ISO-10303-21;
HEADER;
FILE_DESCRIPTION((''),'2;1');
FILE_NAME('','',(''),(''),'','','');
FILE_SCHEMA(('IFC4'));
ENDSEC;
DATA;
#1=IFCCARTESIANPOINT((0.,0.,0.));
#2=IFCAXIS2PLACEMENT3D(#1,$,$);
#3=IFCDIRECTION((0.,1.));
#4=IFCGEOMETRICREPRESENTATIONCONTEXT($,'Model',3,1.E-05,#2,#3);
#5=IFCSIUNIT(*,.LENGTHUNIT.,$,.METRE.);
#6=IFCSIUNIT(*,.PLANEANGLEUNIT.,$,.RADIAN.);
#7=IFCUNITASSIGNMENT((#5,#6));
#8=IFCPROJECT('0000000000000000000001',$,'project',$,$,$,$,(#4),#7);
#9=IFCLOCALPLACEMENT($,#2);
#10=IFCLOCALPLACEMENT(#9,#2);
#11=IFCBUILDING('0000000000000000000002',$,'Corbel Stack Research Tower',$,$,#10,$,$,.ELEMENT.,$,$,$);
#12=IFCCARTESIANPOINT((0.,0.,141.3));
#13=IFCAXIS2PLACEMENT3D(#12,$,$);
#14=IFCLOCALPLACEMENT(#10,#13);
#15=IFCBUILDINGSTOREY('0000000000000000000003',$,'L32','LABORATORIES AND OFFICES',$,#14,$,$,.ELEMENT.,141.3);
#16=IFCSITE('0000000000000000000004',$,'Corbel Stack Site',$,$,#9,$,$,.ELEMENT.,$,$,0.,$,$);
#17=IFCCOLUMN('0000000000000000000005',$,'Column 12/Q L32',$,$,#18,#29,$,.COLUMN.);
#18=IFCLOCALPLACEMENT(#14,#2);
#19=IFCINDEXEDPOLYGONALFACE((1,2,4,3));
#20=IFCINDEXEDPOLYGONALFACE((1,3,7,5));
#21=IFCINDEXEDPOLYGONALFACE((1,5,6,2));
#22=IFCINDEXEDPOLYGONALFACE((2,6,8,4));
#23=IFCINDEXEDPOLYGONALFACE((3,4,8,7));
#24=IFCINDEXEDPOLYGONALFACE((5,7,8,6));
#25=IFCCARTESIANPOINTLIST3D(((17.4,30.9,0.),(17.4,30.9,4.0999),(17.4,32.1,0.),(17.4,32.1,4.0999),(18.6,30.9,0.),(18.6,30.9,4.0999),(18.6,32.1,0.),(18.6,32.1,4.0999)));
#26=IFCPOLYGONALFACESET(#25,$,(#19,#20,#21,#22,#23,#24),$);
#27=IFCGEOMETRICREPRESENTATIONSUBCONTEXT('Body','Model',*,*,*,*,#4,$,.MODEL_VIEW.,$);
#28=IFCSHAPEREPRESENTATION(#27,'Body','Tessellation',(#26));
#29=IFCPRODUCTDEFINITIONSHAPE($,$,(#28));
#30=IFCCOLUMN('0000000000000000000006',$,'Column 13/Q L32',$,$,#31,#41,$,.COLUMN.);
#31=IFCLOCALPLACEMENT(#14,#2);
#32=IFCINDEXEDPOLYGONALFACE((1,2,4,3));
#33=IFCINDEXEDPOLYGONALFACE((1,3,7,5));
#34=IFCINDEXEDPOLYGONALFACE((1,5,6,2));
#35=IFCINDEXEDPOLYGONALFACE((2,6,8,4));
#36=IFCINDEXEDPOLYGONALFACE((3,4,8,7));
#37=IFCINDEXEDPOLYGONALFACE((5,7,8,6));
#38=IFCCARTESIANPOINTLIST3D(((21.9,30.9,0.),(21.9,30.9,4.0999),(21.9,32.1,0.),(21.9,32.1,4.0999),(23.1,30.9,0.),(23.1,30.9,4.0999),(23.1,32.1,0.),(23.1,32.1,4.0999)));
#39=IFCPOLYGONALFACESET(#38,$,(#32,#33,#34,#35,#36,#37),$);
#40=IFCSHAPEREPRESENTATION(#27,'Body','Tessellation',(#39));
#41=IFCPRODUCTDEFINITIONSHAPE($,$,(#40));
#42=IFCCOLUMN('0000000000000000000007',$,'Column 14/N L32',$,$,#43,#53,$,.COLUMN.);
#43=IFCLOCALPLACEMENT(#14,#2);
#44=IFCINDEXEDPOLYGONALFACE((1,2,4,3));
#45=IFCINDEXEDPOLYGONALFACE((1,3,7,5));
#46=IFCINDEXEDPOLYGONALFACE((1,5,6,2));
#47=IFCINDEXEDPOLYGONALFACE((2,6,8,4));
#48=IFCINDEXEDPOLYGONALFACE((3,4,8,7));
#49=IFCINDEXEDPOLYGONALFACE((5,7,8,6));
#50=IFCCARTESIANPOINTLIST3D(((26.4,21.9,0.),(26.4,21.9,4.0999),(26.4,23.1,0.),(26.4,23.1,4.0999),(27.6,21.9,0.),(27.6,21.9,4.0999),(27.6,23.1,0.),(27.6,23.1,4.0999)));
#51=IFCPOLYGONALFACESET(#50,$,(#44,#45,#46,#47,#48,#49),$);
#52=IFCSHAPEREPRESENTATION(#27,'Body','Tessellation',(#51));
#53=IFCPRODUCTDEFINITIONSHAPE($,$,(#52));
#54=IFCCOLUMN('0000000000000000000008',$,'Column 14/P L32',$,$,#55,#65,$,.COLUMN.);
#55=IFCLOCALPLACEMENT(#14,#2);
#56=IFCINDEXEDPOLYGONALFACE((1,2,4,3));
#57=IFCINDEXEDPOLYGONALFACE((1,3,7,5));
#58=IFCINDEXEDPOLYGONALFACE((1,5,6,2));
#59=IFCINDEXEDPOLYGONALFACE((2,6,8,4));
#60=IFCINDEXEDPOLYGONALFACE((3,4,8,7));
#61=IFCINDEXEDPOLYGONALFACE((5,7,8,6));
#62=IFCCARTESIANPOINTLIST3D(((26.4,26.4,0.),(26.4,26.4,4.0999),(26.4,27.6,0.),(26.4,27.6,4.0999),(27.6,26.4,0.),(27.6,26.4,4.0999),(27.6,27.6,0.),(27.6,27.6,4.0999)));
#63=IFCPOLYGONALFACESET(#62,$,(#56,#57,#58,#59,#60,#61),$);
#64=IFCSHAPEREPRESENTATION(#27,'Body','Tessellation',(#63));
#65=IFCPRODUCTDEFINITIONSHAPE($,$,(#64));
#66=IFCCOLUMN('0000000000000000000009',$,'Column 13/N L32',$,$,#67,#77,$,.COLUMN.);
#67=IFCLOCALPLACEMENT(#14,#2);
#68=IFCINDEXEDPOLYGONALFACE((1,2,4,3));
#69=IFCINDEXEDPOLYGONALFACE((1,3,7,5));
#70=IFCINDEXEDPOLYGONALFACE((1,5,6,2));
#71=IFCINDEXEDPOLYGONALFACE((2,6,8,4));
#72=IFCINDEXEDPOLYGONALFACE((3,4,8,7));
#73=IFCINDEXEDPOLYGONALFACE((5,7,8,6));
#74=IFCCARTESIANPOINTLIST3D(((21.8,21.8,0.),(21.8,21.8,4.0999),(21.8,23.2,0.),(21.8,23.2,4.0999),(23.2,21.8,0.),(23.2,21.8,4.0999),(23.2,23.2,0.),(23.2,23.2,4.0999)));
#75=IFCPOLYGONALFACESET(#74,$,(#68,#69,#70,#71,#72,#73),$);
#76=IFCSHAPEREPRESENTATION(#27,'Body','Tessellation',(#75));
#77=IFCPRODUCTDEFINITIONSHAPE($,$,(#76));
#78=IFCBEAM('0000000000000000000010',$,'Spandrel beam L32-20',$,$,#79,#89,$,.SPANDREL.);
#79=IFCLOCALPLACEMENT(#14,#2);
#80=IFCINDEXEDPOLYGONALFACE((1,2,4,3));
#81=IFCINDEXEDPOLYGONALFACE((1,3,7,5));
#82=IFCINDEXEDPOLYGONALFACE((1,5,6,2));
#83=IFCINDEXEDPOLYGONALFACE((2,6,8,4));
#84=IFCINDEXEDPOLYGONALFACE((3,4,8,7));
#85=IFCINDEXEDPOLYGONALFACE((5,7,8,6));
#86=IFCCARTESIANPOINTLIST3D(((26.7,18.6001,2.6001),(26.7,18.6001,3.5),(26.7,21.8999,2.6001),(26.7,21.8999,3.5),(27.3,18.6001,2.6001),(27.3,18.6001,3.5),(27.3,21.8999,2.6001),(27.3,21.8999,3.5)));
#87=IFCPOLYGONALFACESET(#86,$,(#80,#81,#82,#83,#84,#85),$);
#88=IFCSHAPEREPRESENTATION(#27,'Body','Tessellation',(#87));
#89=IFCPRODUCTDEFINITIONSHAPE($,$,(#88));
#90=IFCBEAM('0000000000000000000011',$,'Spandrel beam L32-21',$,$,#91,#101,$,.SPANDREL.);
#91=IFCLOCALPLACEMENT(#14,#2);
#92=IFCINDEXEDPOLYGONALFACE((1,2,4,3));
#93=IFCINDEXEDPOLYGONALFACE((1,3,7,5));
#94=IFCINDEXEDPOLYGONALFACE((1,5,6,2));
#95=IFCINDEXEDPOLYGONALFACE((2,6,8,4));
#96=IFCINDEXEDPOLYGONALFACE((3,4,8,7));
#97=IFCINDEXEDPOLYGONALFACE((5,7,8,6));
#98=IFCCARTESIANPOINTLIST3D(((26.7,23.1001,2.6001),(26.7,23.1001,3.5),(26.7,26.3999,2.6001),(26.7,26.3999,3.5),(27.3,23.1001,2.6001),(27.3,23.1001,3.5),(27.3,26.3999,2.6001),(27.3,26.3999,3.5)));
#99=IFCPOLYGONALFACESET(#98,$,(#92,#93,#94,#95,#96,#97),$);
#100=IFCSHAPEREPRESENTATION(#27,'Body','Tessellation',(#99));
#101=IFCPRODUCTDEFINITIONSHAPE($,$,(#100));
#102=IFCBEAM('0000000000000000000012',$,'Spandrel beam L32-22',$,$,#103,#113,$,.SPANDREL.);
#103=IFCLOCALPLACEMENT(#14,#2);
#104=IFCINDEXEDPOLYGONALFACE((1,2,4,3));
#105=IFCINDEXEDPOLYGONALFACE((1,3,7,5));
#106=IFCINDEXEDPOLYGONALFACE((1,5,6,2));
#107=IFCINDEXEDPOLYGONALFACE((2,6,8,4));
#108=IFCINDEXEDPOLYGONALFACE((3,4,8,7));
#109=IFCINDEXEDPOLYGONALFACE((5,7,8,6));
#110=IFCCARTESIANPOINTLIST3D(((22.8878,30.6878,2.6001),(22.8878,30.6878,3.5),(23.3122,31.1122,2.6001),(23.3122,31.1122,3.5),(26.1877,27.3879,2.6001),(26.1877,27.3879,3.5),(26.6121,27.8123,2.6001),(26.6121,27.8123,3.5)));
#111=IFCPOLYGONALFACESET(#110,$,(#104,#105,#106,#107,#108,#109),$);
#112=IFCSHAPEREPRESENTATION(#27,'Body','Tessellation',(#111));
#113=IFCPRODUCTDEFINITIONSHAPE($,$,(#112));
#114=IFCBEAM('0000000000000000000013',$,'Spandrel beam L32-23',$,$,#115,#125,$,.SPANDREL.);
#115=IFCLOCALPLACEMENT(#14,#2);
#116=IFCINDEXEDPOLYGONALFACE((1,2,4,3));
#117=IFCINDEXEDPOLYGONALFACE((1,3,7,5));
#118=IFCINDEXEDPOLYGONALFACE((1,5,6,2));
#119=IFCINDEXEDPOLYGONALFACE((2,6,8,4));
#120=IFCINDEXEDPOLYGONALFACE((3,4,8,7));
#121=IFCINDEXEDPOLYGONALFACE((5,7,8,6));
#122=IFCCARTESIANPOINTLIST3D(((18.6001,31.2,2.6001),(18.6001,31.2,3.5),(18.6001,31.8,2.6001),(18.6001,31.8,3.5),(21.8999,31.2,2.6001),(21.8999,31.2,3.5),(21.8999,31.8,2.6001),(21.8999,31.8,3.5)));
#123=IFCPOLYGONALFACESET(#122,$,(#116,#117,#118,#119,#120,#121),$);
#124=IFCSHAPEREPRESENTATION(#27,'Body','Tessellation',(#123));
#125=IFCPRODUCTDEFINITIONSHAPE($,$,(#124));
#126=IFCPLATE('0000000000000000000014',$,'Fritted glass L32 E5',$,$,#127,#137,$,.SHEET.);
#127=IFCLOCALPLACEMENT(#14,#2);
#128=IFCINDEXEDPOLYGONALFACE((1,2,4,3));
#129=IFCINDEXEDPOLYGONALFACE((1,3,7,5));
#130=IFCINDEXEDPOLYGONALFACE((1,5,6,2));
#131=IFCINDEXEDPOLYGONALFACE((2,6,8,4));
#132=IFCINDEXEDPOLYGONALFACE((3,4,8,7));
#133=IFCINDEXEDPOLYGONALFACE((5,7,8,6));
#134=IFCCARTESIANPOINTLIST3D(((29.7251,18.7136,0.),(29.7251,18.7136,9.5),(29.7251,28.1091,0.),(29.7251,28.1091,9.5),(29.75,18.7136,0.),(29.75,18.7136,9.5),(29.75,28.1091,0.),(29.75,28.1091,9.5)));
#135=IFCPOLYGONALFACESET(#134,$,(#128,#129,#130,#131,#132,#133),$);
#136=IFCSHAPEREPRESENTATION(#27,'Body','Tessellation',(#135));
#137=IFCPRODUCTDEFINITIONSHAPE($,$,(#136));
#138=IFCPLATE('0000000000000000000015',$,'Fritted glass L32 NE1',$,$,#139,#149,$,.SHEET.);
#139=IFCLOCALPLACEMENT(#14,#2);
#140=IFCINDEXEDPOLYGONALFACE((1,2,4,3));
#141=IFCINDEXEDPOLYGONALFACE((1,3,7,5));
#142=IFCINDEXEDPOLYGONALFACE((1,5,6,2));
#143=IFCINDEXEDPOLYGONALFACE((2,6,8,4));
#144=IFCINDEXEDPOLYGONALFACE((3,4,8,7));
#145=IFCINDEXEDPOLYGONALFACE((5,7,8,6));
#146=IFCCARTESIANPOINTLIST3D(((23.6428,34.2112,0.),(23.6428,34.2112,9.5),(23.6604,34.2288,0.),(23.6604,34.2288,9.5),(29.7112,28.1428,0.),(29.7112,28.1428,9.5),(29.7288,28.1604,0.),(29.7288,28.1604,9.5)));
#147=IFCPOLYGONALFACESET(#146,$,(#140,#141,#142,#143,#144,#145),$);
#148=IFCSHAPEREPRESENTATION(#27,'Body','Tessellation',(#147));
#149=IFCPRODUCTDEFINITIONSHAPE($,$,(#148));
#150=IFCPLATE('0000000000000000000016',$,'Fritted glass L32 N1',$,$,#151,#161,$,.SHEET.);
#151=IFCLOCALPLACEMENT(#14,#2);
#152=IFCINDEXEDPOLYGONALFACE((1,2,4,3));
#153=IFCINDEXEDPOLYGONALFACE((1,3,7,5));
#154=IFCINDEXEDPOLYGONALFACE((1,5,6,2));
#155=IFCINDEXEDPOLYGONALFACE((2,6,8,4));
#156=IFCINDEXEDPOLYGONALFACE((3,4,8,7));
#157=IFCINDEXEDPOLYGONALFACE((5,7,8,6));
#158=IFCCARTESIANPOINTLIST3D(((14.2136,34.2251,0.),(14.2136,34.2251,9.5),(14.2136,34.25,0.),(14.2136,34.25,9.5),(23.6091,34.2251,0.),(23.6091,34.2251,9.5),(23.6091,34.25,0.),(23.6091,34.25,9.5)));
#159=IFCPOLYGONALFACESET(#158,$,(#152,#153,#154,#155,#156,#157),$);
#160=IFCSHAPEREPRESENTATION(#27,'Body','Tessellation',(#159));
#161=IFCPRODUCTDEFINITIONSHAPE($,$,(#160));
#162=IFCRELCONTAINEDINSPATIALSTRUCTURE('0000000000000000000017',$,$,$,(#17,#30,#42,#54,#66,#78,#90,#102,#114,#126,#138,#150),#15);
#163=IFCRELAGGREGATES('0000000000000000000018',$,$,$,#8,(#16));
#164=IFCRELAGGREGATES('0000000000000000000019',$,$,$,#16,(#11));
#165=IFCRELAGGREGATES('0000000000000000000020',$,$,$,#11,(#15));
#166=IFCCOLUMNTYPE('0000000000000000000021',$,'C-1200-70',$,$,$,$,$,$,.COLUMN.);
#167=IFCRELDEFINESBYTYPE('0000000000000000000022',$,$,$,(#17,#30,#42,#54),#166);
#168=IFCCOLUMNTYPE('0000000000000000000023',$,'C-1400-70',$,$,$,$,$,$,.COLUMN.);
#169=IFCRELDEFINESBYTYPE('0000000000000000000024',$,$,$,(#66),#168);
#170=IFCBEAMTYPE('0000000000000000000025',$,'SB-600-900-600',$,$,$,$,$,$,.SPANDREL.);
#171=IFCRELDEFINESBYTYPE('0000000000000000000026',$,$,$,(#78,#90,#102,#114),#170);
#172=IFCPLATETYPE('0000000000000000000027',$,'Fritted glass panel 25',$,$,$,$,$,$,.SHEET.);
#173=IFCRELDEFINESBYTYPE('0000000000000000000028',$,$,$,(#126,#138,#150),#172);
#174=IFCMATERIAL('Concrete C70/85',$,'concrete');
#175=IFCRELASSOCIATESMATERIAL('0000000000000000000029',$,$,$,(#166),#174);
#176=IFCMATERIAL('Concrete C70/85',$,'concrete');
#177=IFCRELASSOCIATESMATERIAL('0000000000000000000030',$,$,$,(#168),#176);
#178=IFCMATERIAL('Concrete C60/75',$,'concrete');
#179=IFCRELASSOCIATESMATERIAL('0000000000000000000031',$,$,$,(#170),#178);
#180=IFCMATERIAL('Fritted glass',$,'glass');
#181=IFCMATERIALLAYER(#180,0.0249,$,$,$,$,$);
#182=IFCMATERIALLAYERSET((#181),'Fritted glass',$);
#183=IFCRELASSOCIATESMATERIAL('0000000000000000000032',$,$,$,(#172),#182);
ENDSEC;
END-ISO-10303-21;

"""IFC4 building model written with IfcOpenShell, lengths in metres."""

from ifc_helpers import new_model, si_unit, direction, frame, origin, origin_2d, place, context, subcontext, project, spatial, rectangle, extrude, material, layer, layer_set, material_profile, profile_set, type_object, element, save


model = new_model("IFC4")

# Units and contexts
model_context = context("Model", 3, precision=1e-05, world=origin(), true_north=direction((0.0, 1.0)))
body_context = subcontext(model_context, "Body", "Model", "MODEL_VIEW")
ifc_project = project(units=[si_unit("LENGTHUNIT", "METRE"), si_unit("PLANEANGLEUNIT", "RADIAN")], contexts=[model_context])

# Site, building, storey
site_placement = place(None, origin())
site = spatial("IfcSite", under=ifc_project, at=site_placement, Name="Corbel Stack Site", CompositionType="ELEMENT", RefElevation=0.0)
building_placement = place(site_placement, origin())
building = spatial("IfcBuilding", under=site, at=building_placement, Name="Corbel Stack Research Tower", CompositionType="ELEMENT")
storey_placement = place(building_placement, frame((0.0, 0.0, 141.3)))
storey = spatial("IfcBuildingStorey", under=building, at=storey_placement, Name="L32", Description="LABORATORIES AND OFFICES", CompositionType="ELEMENT", Elevation=141.3)

# Columns
ifc_material_1 = material(Name="Concrete C70/85", Category="concrete")
ifc_material_profile_1 = material_profile(ifc_material_1, rectangle(XDim=1.2, YDim=1.2, at=origin_2d()), Name="RC 1200 x 1200")
ifc_profile_set_1 = profile_set([ifc_material_profile_1], Name="Concrete C70/85")
column_type_1 = type_object("IfcColumnType", Name="C-1200-70", PredefinedType="COLUMN", material=ifc_profile_set_1)
for number, where, z_axis, x_axis, name in (
    (1, (18.0, 31.5, 0.0), (0.0, 0.0, 1.0), (1.0, 0.0, 0.0), "Column 12/Q L32"),
    (2, (22.5, 31.5, 0.0), (0.0, 0.0, 1.0), (1.0, 0.0, 0.0), "Column 13/Q L32"),
    (3, (27.0, 22.5, 0.0), (0.0, 0.0, 1.0), (1.0, 0.0, 0.0), "Column 14/N L32"),
    (4, (27.0, 27.0, 0.0), (0.0, 0.0, 1.0), (1.0, 0.0, 0.0), "Column 14/P L32"),
):
    element("IfcColumn", number, at=place(storey_placement, frame(where, z_axis=z_axis, x_axis=x_axis)), inside=storey, type_object=column_type_1, Name=name, PredefinedType="COLUMN", context=body_context, shape_type="SweptSolid", body=[
        extrude(rectangle(XDim=1.2, YDim=1.2, at=origin_2d()), origin(), (0.0, 0.0, 1.0), 4.0999),
    ])
ifc_material_2 = material(Name="Concrete C70/85", Category="concrete")
ifc_material_profile_2 = material_profile(ifc_material_2, rectangle(XDim=1.3999, YDim=1.3999, at=origin_2d()), Name="RC 1400 x 1400")
ifc_profile_set_2 = profile_set([ifc_material_profile_2], Name="Concrete C70/85")
column_type_2 = type_object("IfcColumnType", Name="C-1400-70", PredefinedType="COLUMN", material=ifc_profile_set_2)
column_placement = place(storey_placement, frame((22.5, 22.5, 0.0), z_axis=(0.0, 0.0, 1.0), x_axis=(1.0, 0.0, 0.0)))
element("IfcColumn", 5, at=column_placement, inside=storey, type_object=column_type_2, Name="Column 13/N L32", PredefinedType="COLUMN", context=body_context, shape_type="SweptSolid", body=[
    extrude(rectangle(XDim=1.3999, YDim=1.3999, at=origin_2d()), origin(), (0.0, 0.0, 1.0), 4.0999),
])

# Beams
ifc_material_3 = material(Name="Concrete C60/75", Category="concrete")
ifc_material_profile_3 = material_profile(ifc_material_3, rectangle(XDim=0.6001, YDim=0.8999, at=origin_2d()), Name="RC 600 x 900")
ifc_profile_set_3 = profile_set([ifc_material_profile_3], Name="Concrete C60/75")
beam_type = type_object("IfcBeamType", Name="SB-600-900-600", PredefinedType="SPANDREL", material=ifc_profile_set_3)
for number, where, z_axis, x_axis, name in (
    (6, (27.0, 18.6001, 3.05), (0.0, 1.0, 0.0), (-1.0, 0.0, 0.0), "Spandrel beam L32-20"),
    (7, (27.0, 23.1001, 3.05), (0.0, 1.0, 0.0), (-1.0, 0.0, 0.0), "Spandrel beam L32-21"),
):
    element("IfcBeam", number, at=place(storey_placement, frame(where, z_axis=z_axis, x_axis=x_axis)), inside=storey, type_object=beam_type, Name=name, PredefinedType="SPANDREL", context=body_context, shape_type="SweptSolid", body=[
        extrude(rectangle(XDim=0.6001, YDim=0.8999, at=origin_2d()), origin(), (0.0, 0.0, 1.0), 3.2998),
    ])
beam_1_placement = place(storey_placement, frame((26.3999, 27.6001, 3.05), z_axis=(-0.707107, 0.707107, 0.0), x_axis=(-0.707107, -0.707107, 0.0)))
element("IfcBeam", 8, at=beam_1_placement, inside=storey, type_object=beam_type, Name="Spandrel beam L32-22", PredefinedType="SPANDREL", context=body_context, shape_type="SweptSolid", body=[
    extrude(rectangle(XDim=0.6001, YDim=0.8999, at=origin_2d()), origin(), (0.0, 0.0, 1.0), 4.6667),
])
beam_2_placement = place(storey_placement, frame((21.8999, 31.5, 3.05), z_axis=(-1.0, 0.0, 0.0), x_axis=(0.0, -1.0, 0.0)))
element("IfcBeam", 9, at=beam_2_placement, inside=storey, type_object=beam_type, Name="Spandrel beam L32-23", PredefinedType="SPANDREL", context=body_context, shape_type="SweptSolid", body=[
    extrude(rectangle(XDim=0.6001, YDim=0.8999, at=origin_2d()), origin(), (0.0, 0.0, 1.0), 3.2998),
])

# Plates
ifc_material_4 = material(Name="Fritted glass", Category="glass")
ifc_layer_1 = layer(ifc_material_4, 0.0249)
ifc_layer_set_1 = layer_set([ifc_layer_1], Name="Fritted glass")
plate_type = type_object("IfcPlateType", Name="Fritted glass panel 25", PredefinedType="SHEET", material=ifc_layer_set_1)
plate_1_placement = place(storey_placement, frame((29.7375, 23.4114, 0.0), z_axis=(0.0, 0.0, 1.0), x_axis=(0.0, 1.0, 0.0)))
element("IfcPlate", 10, at=plate_1_placement, inside=storey, type_object=plate_type, Name="Fritted glass L32 E5", PredefinedType="SHEET", context=body_context, shape_type="SweptSolid", body=[
    extrude(rectangle(XDim=9.3955, YDim=0.0249, at=origin_2d()), origin(), (0.0, 0.0, 1.0), 9.5),
])
plate_2_placement = place(storey_placement, frame((26.6858, 31.1858, 0.0), z_axis=(0.0, 0.0, 1.0), x_axis=(-0.707107, 0.707107, 0.0)))
element("IfcPlate", 11, at=plate_2_placement, inside=storey, type_object=plate_type, Name="Fritted glass L32 NE1", PredefinedType="SHEET", context=body_context, shape_type="SweptSolid", body=[
    extrude(rectangle(XDim=8.582, YDim=0.0249, at=origin_2d()), origin(), (0.0, 0.0, 1.0), 9.5),
])
plate_3_placement = place(storey_placement, frame((18.9114, 34.2375, 0.0), z_axis=(0.0, 0.0, 1.0), x_axis=(-1.0, 0.0, 0.0)))
element("IfcPlate", 12, at=plate_3_placement, inside=storey, type_object=plate_type, Name="Fritted glass L32 N1", PredefinedType="SHEET", context=body_context, shape_type="SweptSolid", body=[
    extrude(rectangle(XDim=9.3955, YDim=0.0249, at=origin_2d()), origin(), (0.0, 0.0, 1.0), 9.5),
])

save(model, "model.ifc")
